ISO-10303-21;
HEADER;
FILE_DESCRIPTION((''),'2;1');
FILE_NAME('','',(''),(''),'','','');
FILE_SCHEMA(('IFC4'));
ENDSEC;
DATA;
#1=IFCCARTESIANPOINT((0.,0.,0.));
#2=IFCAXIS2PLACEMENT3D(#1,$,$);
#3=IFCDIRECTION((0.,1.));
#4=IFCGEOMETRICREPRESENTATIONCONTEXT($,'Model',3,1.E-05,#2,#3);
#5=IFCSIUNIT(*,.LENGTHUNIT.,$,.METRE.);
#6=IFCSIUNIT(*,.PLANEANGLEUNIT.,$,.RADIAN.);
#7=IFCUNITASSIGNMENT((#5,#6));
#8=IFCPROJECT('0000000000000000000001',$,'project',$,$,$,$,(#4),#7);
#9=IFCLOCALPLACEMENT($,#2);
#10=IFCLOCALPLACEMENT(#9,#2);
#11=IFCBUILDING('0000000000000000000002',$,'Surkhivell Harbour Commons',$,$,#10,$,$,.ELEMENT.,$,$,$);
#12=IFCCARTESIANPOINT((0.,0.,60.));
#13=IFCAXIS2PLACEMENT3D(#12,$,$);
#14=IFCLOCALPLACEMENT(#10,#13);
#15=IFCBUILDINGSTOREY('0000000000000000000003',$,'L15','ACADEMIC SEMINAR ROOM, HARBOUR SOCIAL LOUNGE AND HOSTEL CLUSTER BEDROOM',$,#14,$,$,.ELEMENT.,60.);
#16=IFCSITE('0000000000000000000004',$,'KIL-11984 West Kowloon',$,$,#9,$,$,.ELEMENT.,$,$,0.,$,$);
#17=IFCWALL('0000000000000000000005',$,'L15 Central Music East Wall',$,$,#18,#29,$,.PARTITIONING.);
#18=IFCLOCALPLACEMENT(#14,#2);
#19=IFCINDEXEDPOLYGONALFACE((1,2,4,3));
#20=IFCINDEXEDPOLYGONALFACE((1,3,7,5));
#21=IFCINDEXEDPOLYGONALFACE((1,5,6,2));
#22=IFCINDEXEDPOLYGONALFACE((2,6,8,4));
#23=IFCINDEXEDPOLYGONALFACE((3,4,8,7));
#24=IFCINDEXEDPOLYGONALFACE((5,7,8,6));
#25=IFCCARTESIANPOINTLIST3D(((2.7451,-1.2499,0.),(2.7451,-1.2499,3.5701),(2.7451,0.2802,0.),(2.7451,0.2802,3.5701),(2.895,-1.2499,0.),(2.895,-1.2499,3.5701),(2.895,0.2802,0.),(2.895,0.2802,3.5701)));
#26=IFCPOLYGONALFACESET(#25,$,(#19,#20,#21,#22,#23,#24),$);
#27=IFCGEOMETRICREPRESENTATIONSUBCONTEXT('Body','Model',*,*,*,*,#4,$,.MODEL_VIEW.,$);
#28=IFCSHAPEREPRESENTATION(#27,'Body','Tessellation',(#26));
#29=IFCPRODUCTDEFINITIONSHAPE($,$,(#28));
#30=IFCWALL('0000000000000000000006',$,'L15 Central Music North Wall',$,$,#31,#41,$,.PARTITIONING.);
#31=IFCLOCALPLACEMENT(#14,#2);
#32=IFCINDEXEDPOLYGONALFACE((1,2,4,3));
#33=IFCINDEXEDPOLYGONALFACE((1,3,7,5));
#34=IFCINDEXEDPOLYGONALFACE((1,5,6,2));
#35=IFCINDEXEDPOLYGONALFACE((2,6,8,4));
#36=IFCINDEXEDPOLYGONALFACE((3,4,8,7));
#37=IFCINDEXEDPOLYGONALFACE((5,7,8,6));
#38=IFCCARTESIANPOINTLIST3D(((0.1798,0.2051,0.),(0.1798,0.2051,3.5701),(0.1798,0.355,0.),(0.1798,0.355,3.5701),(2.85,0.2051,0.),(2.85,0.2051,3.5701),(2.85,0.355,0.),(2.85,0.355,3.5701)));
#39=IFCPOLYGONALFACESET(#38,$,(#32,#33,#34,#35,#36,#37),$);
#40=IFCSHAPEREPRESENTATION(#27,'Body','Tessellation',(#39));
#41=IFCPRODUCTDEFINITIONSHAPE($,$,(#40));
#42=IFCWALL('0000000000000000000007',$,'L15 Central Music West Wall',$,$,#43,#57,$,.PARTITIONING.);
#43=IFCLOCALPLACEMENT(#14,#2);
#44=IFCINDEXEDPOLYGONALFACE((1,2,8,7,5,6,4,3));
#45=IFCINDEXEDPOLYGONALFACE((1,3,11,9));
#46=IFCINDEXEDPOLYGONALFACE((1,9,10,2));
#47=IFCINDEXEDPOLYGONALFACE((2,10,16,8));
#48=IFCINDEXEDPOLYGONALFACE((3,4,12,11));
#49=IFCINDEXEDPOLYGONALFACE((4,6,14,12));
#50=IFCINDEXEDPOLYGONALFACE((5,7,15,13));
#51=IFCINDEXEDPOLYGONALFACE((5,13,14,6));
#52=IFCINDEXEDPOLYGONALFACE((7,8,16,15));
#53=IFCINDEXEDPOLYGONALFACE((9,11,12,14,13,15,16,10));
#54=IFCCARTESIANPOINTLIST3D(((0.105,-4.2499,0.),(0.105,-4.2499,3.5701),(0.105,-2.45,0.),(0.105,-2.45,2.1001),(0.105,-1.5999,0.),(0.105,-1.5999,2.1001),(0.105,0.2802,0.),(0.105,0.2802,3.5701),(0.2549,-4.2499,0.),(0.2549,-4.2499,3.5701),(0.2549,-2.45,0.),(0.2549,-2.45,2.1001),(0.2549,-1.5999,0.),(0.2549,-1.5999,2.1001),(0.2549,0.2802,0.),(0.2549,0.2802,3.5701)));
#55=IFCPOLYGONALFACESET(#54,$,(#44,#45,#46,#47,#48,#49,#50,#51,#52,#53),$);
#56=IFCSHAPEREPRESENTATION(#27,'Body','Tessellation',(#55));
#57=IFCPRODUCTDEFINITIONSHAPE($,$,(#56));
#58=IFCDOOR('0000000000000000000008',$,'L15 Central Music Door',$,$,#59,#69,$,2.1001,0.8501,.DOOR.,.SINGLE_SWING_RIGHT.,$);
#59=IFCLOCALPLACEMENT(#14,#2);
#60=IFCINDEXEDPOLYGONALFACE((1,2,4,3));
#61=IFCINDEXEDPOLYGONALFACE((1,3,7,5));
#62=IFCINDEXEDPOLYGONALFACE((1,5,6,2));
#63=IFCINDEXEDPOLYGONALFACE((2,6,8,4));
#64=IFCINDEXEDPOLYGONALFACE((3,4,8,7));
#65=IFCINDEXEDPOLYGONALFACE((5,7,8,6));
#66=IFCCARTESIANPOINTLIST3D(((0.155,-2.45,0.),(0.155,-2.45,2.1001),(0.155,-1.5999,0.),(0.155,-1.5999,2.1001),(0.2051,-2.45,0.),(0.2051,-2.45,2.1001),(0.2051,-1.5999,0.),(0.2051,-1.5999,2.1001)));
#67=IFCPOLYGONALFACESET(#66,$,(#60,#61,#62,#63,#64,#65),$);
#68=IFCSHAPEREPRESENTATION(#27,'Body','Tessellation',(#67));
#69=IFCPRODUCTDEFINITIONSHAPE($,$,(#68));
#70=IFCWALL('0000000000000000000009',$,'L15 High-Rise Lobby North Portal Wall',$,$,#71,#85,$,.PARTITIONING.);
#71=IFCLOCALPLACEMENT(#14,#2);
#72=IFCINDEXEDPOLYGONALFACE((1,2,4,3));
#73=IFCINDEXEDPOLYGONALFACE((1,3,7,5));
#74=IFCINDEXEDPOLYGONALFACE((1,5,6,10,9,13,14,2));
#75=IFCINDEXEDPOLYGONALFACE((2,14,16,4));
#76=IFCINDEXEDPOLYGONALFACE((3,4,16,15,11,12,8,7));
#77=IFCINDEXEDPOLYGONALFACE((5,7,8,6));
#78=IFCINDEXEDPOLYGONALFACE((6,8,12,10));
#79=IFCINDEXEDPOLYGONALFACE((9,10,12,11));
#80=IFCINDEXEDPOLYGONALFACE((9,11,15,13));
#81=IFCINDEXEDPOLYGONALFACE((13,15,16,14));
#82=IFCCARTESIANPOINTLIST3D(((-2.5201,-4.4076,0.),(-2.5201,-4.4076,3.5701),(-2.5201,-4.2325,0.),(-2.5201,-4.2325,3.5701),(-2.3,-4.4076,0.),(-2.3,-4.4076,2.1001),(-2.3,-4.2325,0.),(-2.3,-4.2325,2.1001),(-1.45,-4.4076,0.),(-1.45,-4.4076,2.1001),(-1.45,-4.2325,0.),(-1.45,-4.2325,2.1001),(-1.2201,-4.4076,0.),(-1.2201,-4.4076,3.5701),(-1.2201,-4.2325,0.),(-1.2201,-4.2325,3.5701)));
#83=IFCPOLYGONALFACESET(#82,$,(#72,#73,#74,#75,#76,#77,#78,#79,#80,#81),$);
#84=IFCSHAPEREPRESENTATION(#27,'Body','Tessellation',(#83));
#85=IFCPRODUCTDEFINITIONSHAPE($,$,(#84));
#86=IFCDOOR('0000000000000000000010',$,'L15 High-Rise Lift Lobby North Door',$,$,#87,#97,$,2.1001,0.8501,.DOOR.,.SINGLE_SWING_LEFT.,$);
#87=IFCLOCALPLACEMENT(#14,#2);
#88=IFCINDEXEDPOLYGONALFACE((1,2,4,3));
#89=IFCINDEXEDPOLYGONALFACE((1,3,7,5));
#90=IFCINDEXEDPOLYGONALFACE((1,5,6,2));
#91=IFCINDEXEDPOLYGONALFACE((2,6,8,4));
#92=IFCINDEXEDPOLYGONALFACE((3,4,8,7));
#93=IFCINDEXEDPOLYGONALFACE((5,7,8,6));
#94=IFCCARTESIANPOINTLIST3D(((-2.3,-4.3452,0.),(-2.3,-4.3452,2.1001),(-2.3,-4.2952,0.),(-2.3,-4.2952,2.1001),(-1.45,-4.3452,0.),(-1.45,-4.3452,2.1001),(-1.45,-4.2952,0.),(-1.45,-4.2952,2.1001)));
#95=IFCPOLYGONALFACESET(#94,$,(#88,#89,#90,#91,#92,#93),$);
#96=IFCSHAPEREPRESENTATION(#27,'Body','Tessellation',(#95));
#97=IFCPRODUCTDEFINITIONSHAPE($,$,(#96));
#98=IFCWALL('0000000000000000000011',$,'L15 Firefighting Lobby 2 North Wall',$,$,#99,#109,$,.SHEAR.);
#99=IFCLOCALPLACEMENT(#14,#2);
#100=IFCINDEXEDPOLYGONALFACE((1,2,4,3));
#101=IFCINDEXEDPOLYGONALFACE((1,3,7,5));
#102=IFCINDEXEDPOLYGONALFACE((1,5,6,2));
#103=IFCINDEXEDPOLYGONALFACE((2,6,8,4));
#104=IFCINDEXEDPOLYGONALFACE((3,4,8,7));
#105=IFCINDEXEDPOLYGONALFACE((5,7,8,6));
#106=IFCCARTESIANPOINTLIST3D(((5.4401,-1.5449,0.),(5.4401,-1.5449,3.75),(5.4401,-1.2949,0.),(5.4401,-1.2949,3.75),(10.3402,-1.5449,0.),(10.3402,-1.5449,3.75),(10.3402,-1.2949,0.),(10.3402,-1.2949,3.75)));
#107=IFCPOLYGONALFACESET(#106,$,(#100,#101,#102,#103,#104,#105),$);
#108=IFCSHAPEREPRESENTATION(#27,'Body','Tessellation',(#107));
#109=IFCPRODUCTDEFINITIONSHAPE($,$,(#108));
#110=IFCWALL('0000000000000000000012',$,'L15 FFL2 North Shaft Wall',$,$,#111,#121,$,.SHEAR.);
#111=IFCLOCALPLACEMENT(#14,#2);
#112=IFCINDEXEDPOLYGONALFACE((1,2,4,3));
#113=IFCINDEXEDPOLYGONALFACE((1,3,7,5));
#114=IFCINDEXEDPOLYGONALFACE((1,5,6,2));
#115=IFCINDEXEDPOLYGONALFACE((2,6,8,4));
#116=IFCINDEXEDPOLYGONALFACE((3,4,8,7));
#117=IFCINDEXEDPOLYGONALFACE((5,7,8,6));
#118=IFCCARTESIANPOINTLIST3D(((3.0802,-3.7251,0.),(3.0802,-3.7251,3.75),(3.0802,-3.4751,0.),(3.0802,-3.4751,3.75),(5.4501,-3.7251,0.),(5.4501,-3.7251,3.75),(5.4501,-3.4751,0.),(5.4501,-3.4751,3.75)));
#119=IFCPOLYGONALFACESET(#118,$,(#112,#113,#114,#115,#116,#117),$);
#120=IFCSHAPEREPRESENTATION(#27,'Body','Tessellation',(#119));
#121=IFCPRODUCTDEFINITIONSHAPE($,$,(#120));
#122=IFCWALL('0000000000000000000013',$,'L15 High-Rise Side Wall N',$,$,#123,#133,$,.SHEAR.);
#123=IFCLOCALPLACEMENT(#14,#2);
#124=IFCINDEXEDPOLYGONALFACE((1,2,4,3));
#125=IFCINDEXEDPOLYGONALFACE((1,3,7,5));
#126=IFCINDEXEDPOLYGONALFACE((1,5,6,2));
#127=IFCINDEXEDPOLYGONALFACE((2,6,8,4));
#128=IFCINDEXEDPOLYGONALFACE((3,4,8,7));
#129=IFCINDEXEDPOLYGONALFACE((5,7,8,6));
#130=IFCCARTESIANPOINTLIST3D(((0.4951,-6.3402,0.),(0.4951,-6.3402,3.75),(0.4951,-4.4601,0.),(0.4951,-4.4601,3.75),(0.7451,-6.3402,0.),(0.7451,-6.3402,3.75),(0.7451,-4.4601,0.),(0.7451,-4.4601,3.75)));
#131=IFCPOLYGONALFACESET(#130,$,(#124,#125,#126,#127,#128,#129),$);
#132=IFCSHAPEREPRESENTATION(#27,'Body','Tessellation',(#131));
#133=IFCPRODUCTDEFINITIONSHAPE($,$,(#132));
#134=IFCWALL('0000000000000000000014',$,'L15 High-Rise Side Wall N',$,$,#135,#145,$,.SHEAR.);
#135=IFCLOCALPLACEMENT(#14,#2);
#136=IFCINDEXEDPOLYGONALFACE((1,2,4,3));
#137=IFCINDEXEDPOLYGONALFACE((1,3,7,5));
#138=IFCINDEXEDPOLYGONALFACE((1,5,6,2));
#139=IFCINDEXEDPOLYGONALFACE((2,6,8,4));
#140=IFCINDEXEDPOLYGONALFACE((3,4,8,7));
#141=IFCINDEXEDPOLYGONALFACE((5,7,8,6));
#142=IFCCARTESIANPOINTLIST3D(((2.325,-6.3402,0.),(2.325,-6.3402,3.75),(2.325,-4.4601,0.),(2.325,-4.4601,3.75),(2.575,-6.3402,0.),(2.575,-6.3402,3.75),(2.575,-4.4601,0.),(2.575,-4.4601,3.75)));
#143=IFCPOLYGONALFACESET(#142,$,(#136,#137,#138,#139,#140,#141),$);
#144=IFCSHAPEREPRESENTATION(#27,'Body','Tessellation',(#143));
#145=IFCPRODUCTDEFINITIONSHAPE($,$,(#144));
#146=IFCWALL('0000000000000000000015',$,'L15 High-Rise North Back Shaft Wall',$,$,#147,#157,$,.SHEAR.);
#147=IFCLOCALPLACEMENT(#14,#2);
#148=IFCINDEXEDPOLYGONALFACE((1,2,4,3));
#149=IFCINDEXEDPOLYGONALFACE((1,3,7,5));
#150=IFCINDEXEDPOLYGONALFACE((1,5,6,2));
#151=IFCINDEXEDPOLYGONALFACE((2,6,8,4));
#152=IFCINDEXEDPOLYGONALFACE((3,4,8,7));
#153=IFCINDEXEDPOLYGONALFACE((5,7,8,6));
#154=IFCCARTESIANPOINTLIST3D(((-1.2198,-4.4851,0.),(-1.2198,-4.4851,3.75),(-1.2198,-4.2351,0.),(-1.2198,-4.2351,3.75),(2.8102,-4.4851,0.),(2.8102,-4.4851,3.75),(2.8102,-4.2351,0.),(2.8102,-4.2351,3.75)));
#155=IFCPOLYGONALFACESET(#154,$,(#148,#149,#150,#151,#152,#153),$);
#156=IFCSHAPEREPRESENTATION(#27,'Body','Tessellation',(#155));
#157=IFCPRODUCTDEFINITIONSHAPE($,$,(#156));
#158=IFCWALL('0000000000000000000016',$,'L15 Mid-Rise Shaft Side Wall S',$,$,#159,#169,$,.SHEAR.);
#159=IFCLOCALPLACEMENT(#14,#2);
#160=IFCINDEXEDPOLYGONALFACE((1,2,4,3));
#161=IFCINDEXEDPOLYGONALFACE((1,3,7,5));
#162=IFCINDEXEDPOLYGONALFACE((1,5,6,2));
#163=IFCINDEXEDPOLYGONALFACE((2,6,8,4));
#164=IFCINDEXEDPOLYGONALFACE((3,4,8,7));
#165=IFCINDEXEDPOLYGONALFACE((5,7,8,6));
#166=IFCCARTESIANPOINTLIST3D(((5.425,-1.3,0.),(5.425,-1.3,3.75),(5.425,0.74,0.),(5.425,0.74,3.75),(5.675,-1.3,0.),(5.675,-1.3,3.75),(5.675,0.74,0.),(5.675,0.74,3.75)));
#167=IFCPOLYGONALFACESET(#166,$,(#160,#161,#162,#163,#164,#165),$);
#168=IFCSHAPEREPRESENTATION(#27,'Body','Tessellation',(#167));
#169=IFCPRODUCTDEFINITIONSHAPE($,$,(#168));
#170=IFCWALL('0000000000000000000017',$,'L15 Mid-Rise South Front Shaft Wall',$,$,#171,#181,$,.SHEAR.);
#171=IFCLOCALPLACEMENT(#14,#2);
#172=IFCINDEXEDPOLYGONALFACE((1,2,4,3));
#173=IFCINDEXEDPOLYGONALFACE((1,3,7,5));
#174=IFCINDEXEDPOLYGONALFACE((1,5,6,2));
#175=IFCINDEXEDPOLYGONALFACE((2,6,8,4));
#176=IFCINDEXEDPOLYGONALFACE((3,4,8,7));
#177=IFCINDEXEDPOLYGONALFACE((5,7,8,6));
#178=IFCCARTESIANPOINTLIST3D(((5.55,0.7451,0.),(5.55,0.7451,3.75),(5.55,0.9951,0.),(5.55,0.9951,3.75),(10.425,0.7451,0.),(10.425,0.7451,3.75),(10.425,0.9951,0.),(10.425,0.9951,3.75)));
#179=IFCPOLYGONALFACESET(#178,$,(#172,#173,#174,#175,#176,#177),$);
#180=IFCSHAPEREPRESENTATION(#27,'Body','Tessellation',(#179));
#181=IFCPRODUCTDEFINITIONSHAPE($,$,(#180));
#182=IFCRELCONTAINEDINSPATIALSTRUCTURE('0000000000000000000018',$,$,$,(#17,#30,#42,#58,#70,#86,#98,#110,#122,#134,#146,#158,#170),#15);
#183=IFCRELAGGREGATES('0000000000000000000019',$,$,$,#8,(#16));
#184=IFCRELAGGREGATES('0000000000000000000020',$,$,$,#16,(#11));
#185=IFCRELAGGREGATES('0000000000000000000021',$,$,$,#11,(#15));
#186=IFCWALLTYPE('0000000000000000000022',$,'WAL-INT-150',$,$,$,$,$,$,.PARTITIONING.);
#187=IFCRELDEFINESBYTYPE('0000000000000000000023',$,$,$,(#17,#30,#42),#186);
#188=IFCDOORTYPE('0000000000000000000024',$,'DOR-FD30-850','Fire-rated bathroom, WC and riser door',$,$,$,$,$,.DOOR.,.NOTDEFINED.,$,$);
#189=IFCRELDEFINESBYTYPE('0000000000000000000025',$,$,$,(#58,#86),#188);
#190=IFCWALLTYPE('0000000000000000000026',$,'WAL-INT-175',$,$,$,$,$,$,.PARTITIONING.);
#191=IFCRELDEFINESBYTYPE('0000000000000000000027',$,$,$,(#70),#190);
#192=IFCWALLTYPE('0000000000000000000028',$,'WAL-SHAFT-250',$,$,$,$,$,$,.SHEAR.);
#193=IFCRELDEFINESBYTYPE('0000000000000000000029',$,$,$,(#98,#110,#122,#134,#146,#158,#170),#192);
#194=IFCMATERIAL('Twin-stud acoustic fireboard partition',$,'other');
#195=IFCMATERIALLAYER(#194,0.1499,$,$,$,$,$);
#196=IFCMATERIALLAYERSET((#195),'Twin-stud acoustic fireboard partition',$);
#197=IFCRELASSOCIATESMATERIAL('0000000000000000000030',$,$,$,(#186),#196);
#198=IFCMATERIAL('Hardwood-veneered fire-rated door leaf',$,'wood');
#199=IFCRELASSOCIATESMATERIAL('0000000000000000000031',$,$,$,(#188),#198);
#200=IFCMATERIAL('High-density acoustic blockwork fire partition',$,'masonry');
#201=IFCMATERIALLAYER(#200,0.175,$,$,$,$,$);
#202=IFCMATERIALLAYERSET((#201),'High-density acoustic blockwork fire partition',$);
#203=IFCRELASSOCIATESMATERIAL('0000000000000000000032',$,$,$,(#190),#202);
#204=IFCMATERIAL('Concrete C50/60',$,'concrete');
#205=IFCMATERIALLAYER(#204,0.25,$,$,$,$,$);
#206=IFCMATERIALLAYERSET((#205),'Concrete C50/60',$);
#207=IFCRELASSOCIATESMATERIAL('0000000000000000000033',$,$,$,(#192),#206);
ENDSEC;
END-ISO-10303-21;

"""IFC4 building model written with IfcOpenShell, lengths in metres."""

from ifc_helpers import new_model, si_unit, direction, frame, frame_2d, origin, place, context, subcontext, project, spatial, rectangle, extrude, material, layer, layer_set, type_object, element, fill, save


model = new_model("IFC4")

# Units and contexts
model_context = context("Model", 3, precision=1e-05, world=origin(), true_north=direction((0.0, 1.0)))
body_context = subcontext(model_context, "Body", "Model", "MODEL_VIEW")
ifc_project = project(units=[si_unit("LENGTHUNIT", "METRE"), si_unit("PLANEANGLEUNIT", "RADIAN")], contexts=[model_context])

# Site, building, storey
site_placement = place(None, origin())
site = spatial("IfcSite", under=ifc_project, at=site_placement, Name="KIL-11984 West Kowloon", CompositionType="ELEMENT", RefElevation=0.0)
building_placement = place(site_placement, origin())
building = spatial("IfcBuilding", under=site, at=building_placement, Name="Surkhivell Harbour Commons", CompositionType="ELEMENT")
storey_placement = place(building_placement, frame((0.0, 0.0, 60.0)))
storey = spatial("IfcBuildingStorey", under=building, at=storey_placement, Name="L15", Description="ACADEMIC SEMINAR ROOM, HARBOUR SOCIAL LOUNGE AND HOSTEL CLUSTER BEDROOM", CompositionType="ELEMENT", Elevation=60.0)

# Walls
ifc_material_1 = material(Name="Twin-stud acoustic fireboard partition", Category="other")
ifc_layer_1 = layer(ifc_material_1, 0.1499)
ifc_layer_set_1 = layer_set([ifc_layer_1], Name="Twin-stud acoustic fireboard partition")
wall_type_1 = type_object("IfcWallType", Name="WAL-INT-150", PredefinedType="PARTITIONING", material=ifc_layer_set_1)
wall_1_placement = place(storey_placement, frame((2.8201, -1.25, 0.0), z_axis=(0.0, 0.0, 1.0), x_axis=(0.0, 1.0, 0.0)))
element("IfcWall", 1, at=wall_1_placement, inside=storey, type_object=wall_type_1, Name="L15 Central Music East Wall", PredefinedType="PARTITIONING", context=body_context, shape_type="SweptSolid", body=[
    extrude(rectangle(XDim=1.53, YDim=0.1499, at=frame_2d((0.7651, 0.0))), origin(), (0.0, 0.0, 1.0), 3.5701),
])
wall_2_placement = place(storey_placement, frame((0.1799, 0.28, 0.0), z_axis=(0.0, 0.0, 1.0), x_axis=(1.0, 0.0, 0.0)))
element("IfcWall", 2, at=wall_2_placement, inside=storey, type_object=wall_type_1, Name="L15 Central Music North Wall", PredefinedType="PARTITIONING", context=body_context, shape_type="SweptSolid", body=[
    extrude(rectangle(XDim=2.6702, YDim=0.1499, at=frame_2d((1.335, 0.0))), origin(), (0.0, 0.0, 1.0), 3.5701),
])

# Walls, openings, doors
wall_3_placement = place(storey_placement, frame((0.1799, -4.25, 0.0), z_axis=(0.0, 0.0, 1.0), x_axis=(0.0, 1.0, 0.0)))
wall_3 = element("IfcWall", 3, at=wall_3_placement, inside=storey, type_object=wall_type_1, Name="L15 Central Music West Wall", PredefinedType="PARTITIONING", context=body_context, shape_type="SweptSolid", body=[
    extrude(rectangle(XDim=4.53, YDim=0.1499, at=frame_2d((2.2651, 0.0))), origin(), (0.0, 0.0, 1.0), 3.5701),
])
opening_1_placement = place(wall_3_placement, frame((1.8, 0.0, 0.0)))
opening_1 = element("IfcOpeningElement", 4, at=opening_1_placement, cuts=wall_3, PredefinedType="OPENING", context=body_context, shape_type="SweptSolid", body=[
    extrude(rectangle(XDim=0.8501, YDim=2.1001, at=frame_2d((0.425, 1.05))), frame((0.0, 0.085, 0.0), z_axis=(0.0, -1.0, 0.0), x_axis=(1.0, 0.0, 0.0)), (0.0, 0.0, 1.0), 0.1699),
])
ifc_material_2 = material(Name="Hardwood-veneered fire-rated door leaf", Category="wood")
door_type_1 = type_object("IfcDoorType", Name="DOR-FD30-850", Description="Fire-rated bathroom, WC and riser door", OperationType="NOTDEFINED", PredefinedType="DOOR", material=ifc_material_2)
door_1_placement = place(opening_1_placement, origin())
door_1 = element("IfcDoor", 5, at=door_1_placement, inside=storey, type_object=door_type_1, Name="L15 Central Music Door", OperationType="SINGLE_SWING_RIGHT", OverallHeight=2.1001, OverallWidth=0.8501, PredefinedType="DOOR", context=body_context, shape_type="SweptSolid", body=[
    extrude(rectangle(XDim=0.8501, YDim=2.1001, at=frame_2d((0.425, 1.05))), frame((0.0, 0.0249, 0.0), z_axis=(0.0, -1.0, 0.0), x_axis=(1.0, 0.0, 0.0)), (0.0, 0.0, 1.0), 0.05),
])
fill(opening_1, door_1)
ifc_material_3 = material(Name="High-density acoustic blockwork fire partition", Category="masonry")
ifc_layer_2 = layer(ifc_material_3, 0.175)
ifc_layer_set_2 = layer_set([ifc_layer_2], Name="High-density acoustic blockwork fire partition")
wall_type_2 = type_object("IfcWallType", Name="WAL-INT-175", PredefinedType="PARTITIONING", material=ifc_layer_set_2)
wall_4_placement = place(storey_placement, frame((-2.52, -4.3201, 0.0), z_axis=(0.0, 0.0, 1.0), x_axis=(1.0, 0.0, 0.0)))
wall_4 = element("IfcWall", 6, at=wall_4_placement, inside=storey, type_object=wall_type_2, Name="L15 High-Rise Lobby North Portal Wall", PredefinedType="PARTITIONING", context=body_context, shape_type="SweptSolid", body=[
    extrude(rectangle(XDim=1.3, YDim=0.175, at=frame_2d((0.6499, 0.0))), origin(), (0.0, 0.0, 1.0), 3.5701),
])
opening_2_placement = place(wall_4_placement, frame((0.22, 0.0, 0.0)))
opening_2 = element("IfcOpeningElement", 7, at=opening_2_placement, cuts=wall_4, PredefinedType="OPENING", context=body_context, shape_type="SweptSolid", body=[
    extrude(rectangle(XDim=0.8501, YDim=2.1001, at=frame_2d((0.425, 1.05))), frame((0.0, 0.0974, 0.0), z_axis=(0.0, -1.0, 0.0), x_axis=(1.0, 0.0, 0.0)), (0.0, 0.0, 1.0), 0.1951),
])
door_2_placement = place(opening_2_placement, origin())
door_2 = element("IfcDoor", 8, at=door_2_placement, inside=storey, type_object=door_type_1, Name="L15 High-Rise Lift Lobby North Door", OperationType="SINGLE_SWING_LEFT", OverallHeight=2.1001, OverallWidth=0.8501, PredefinedType="DOOR", context=body_context, shape_type="SweptSolid", body=[
    extrude(rectangle(XDim=0.8501, YDim=2.1001, at=frame_2d((0.425, 1.05))), frame((0.0, 0.0249, 0.0), z_axis=(0.0, -1.0, 0.0), x_axis=(1.0, 0.0, 0.0)), (0.0, 0.0, 1.0), 0.05),
])
fill(opening_2, door_2)

# Walls
ifc_material_4 = material(Name="Concrete C50/60", Category="concrete")
ifc_layer_3 = layer(ifc_material_4, 0.25)
ifc_layer_set_3 = layer_set([ifc_layer_3], Name="Concrete C50/60")
wall_type_3 = type_object("IfcWallType", Name="WAL-SHAFT-250", PredefinedType="SHEAR", material=ifc_layer_set_3)
wall_5_placement = place(storey_placement, frame((5.4399, -1.4199, 0.0), z_axis=(0.0, 0.0, 1.0), x_axis=(1.0, 0.0, 0.0)))
element("IfcWall", 9, at=wall_5_placement, inside=storey, type_object=wall_type_3, Name="L15 Firefighting Lobby 2 North Wall", PredefinedType="SHEAR", context=body_context, shape_type="SweptSolid", body=[
    extrude(rectangle(XDim=4.9001, YDim=0.25, at=frame_2d((2.4502, 0.0))), origin(), (0.0, 0.0, 1.0), 3.75),
])
wall_6_placement = place(storey_placement, frame((3.0801, -3.6001, 0.0), z_axis=(0.0, 0.0, 1.0), x_axis=(1.0, 0.0, 0.0)))
element("IfcWall", 10, at=wall_6_placement, inside=storey, type_object=wall_type_3, Name="L15 FFL2 North Shaft Wall", PredefinedType="SHEAR", context=body_context, shape_type="SweptSolid", body=[
    extrude(rectangle(XDim=2.3699, YDim=0.25, at=frame_2d((1.1851, 0.0))), origin(), (0.0, 0.0, 1.0), 3.75),
])
for number, where, z_axis, x_axis, name in (
    (11, (0.6201, -6.3401, 0.0), (0.0, 0.0, 1.0), (0.0, 1.0, 0.0), "L15 High-Rise Side Wall N"),
    (12, (2.45, -6.3401, 0.0), (0.0, 0.0, 1.0), (0.0, 1.0, 0.0), "L15 High-Rise Side Wall N"),
):
    element("IfcWall", number, at=place(storey_placement, frame(where, z_axis=z_axis, x_axis=x_axis)), inside=storey, type_object=wall_type_3, Name=name, PredefinedType="SHEAR", context=body_context, shape_type="SweptSolid", body=[
        extrude(rectangle(XDim=1.8801, YDim=0.25, at=frame_2d((0.9399, 0.0))), origin(), (0.0, 0.0, 1.0), 3.75),
    ])
wall_7_placement = place(storey_placement, frame((-1.22, -4.3601, 0.0), z_axis=(0.0, 0.0, 1.0), x_axis=(1.0, 0.0, 0.0)))
element("IfcWall", 13, at=wall_7_placement, inside=storey, type_object=wall_type_3, Name="L15 High-Rise North Back Shaft Wall", PredefinedType="SHEAR", context=body_context, shape_type="SweptSolid", body=[
    extrude(rectangle(XDim=4.03, YDim=0.25, at=frame_2d((2.0151, 0.0))), origin(), (0.0, 0.0, 1.0), 3.75),
])
wall_8_placement = place(storey_placement, frame((5.55, -1.3, 0.0), z_axis=(0.0, 0.0, 1.0), x_axis=(0.0, 1.0, 0.0)))
element("IfcWall", 14, at=wall_8_placement, inside=storey, type_object=wall_type_3, Name="L15 Mid-Rise Shaft Side Wall S", PredefinedType="SHEAR", context=body_context, shape_type="SweptSolid", body=[
    extrude(rectangle(XDim=2.04, YDim=0.25, at=frame_2d((1.02, 0.0))), origin(), (0.0, 0.0, 1.0), 3.75),
])
wall_9_placement = place(storey_placement, frame((5.55, 0.8701, 0.0), z_axis=(0.0, 0.0, 1.0), x_axis=(1.0, 0.0, 0.0)))
element("IfcWall", 15, at=wall_9_placement, inside=storey, type_object=wall_type_3, Name="L15 Mid-Rise South Front Shaft Wall", PredefinedType="SHEAR", context=body_context, shape_type="SweptSolid", body=[
    extrude(rectangle(XDim=4.875, YDim=0.25, at=frame_2d((2.4375, 0.0))), origin(), (0.0, 0.0, 1.0), 3.75),
])

save(model, "model.ifc")
